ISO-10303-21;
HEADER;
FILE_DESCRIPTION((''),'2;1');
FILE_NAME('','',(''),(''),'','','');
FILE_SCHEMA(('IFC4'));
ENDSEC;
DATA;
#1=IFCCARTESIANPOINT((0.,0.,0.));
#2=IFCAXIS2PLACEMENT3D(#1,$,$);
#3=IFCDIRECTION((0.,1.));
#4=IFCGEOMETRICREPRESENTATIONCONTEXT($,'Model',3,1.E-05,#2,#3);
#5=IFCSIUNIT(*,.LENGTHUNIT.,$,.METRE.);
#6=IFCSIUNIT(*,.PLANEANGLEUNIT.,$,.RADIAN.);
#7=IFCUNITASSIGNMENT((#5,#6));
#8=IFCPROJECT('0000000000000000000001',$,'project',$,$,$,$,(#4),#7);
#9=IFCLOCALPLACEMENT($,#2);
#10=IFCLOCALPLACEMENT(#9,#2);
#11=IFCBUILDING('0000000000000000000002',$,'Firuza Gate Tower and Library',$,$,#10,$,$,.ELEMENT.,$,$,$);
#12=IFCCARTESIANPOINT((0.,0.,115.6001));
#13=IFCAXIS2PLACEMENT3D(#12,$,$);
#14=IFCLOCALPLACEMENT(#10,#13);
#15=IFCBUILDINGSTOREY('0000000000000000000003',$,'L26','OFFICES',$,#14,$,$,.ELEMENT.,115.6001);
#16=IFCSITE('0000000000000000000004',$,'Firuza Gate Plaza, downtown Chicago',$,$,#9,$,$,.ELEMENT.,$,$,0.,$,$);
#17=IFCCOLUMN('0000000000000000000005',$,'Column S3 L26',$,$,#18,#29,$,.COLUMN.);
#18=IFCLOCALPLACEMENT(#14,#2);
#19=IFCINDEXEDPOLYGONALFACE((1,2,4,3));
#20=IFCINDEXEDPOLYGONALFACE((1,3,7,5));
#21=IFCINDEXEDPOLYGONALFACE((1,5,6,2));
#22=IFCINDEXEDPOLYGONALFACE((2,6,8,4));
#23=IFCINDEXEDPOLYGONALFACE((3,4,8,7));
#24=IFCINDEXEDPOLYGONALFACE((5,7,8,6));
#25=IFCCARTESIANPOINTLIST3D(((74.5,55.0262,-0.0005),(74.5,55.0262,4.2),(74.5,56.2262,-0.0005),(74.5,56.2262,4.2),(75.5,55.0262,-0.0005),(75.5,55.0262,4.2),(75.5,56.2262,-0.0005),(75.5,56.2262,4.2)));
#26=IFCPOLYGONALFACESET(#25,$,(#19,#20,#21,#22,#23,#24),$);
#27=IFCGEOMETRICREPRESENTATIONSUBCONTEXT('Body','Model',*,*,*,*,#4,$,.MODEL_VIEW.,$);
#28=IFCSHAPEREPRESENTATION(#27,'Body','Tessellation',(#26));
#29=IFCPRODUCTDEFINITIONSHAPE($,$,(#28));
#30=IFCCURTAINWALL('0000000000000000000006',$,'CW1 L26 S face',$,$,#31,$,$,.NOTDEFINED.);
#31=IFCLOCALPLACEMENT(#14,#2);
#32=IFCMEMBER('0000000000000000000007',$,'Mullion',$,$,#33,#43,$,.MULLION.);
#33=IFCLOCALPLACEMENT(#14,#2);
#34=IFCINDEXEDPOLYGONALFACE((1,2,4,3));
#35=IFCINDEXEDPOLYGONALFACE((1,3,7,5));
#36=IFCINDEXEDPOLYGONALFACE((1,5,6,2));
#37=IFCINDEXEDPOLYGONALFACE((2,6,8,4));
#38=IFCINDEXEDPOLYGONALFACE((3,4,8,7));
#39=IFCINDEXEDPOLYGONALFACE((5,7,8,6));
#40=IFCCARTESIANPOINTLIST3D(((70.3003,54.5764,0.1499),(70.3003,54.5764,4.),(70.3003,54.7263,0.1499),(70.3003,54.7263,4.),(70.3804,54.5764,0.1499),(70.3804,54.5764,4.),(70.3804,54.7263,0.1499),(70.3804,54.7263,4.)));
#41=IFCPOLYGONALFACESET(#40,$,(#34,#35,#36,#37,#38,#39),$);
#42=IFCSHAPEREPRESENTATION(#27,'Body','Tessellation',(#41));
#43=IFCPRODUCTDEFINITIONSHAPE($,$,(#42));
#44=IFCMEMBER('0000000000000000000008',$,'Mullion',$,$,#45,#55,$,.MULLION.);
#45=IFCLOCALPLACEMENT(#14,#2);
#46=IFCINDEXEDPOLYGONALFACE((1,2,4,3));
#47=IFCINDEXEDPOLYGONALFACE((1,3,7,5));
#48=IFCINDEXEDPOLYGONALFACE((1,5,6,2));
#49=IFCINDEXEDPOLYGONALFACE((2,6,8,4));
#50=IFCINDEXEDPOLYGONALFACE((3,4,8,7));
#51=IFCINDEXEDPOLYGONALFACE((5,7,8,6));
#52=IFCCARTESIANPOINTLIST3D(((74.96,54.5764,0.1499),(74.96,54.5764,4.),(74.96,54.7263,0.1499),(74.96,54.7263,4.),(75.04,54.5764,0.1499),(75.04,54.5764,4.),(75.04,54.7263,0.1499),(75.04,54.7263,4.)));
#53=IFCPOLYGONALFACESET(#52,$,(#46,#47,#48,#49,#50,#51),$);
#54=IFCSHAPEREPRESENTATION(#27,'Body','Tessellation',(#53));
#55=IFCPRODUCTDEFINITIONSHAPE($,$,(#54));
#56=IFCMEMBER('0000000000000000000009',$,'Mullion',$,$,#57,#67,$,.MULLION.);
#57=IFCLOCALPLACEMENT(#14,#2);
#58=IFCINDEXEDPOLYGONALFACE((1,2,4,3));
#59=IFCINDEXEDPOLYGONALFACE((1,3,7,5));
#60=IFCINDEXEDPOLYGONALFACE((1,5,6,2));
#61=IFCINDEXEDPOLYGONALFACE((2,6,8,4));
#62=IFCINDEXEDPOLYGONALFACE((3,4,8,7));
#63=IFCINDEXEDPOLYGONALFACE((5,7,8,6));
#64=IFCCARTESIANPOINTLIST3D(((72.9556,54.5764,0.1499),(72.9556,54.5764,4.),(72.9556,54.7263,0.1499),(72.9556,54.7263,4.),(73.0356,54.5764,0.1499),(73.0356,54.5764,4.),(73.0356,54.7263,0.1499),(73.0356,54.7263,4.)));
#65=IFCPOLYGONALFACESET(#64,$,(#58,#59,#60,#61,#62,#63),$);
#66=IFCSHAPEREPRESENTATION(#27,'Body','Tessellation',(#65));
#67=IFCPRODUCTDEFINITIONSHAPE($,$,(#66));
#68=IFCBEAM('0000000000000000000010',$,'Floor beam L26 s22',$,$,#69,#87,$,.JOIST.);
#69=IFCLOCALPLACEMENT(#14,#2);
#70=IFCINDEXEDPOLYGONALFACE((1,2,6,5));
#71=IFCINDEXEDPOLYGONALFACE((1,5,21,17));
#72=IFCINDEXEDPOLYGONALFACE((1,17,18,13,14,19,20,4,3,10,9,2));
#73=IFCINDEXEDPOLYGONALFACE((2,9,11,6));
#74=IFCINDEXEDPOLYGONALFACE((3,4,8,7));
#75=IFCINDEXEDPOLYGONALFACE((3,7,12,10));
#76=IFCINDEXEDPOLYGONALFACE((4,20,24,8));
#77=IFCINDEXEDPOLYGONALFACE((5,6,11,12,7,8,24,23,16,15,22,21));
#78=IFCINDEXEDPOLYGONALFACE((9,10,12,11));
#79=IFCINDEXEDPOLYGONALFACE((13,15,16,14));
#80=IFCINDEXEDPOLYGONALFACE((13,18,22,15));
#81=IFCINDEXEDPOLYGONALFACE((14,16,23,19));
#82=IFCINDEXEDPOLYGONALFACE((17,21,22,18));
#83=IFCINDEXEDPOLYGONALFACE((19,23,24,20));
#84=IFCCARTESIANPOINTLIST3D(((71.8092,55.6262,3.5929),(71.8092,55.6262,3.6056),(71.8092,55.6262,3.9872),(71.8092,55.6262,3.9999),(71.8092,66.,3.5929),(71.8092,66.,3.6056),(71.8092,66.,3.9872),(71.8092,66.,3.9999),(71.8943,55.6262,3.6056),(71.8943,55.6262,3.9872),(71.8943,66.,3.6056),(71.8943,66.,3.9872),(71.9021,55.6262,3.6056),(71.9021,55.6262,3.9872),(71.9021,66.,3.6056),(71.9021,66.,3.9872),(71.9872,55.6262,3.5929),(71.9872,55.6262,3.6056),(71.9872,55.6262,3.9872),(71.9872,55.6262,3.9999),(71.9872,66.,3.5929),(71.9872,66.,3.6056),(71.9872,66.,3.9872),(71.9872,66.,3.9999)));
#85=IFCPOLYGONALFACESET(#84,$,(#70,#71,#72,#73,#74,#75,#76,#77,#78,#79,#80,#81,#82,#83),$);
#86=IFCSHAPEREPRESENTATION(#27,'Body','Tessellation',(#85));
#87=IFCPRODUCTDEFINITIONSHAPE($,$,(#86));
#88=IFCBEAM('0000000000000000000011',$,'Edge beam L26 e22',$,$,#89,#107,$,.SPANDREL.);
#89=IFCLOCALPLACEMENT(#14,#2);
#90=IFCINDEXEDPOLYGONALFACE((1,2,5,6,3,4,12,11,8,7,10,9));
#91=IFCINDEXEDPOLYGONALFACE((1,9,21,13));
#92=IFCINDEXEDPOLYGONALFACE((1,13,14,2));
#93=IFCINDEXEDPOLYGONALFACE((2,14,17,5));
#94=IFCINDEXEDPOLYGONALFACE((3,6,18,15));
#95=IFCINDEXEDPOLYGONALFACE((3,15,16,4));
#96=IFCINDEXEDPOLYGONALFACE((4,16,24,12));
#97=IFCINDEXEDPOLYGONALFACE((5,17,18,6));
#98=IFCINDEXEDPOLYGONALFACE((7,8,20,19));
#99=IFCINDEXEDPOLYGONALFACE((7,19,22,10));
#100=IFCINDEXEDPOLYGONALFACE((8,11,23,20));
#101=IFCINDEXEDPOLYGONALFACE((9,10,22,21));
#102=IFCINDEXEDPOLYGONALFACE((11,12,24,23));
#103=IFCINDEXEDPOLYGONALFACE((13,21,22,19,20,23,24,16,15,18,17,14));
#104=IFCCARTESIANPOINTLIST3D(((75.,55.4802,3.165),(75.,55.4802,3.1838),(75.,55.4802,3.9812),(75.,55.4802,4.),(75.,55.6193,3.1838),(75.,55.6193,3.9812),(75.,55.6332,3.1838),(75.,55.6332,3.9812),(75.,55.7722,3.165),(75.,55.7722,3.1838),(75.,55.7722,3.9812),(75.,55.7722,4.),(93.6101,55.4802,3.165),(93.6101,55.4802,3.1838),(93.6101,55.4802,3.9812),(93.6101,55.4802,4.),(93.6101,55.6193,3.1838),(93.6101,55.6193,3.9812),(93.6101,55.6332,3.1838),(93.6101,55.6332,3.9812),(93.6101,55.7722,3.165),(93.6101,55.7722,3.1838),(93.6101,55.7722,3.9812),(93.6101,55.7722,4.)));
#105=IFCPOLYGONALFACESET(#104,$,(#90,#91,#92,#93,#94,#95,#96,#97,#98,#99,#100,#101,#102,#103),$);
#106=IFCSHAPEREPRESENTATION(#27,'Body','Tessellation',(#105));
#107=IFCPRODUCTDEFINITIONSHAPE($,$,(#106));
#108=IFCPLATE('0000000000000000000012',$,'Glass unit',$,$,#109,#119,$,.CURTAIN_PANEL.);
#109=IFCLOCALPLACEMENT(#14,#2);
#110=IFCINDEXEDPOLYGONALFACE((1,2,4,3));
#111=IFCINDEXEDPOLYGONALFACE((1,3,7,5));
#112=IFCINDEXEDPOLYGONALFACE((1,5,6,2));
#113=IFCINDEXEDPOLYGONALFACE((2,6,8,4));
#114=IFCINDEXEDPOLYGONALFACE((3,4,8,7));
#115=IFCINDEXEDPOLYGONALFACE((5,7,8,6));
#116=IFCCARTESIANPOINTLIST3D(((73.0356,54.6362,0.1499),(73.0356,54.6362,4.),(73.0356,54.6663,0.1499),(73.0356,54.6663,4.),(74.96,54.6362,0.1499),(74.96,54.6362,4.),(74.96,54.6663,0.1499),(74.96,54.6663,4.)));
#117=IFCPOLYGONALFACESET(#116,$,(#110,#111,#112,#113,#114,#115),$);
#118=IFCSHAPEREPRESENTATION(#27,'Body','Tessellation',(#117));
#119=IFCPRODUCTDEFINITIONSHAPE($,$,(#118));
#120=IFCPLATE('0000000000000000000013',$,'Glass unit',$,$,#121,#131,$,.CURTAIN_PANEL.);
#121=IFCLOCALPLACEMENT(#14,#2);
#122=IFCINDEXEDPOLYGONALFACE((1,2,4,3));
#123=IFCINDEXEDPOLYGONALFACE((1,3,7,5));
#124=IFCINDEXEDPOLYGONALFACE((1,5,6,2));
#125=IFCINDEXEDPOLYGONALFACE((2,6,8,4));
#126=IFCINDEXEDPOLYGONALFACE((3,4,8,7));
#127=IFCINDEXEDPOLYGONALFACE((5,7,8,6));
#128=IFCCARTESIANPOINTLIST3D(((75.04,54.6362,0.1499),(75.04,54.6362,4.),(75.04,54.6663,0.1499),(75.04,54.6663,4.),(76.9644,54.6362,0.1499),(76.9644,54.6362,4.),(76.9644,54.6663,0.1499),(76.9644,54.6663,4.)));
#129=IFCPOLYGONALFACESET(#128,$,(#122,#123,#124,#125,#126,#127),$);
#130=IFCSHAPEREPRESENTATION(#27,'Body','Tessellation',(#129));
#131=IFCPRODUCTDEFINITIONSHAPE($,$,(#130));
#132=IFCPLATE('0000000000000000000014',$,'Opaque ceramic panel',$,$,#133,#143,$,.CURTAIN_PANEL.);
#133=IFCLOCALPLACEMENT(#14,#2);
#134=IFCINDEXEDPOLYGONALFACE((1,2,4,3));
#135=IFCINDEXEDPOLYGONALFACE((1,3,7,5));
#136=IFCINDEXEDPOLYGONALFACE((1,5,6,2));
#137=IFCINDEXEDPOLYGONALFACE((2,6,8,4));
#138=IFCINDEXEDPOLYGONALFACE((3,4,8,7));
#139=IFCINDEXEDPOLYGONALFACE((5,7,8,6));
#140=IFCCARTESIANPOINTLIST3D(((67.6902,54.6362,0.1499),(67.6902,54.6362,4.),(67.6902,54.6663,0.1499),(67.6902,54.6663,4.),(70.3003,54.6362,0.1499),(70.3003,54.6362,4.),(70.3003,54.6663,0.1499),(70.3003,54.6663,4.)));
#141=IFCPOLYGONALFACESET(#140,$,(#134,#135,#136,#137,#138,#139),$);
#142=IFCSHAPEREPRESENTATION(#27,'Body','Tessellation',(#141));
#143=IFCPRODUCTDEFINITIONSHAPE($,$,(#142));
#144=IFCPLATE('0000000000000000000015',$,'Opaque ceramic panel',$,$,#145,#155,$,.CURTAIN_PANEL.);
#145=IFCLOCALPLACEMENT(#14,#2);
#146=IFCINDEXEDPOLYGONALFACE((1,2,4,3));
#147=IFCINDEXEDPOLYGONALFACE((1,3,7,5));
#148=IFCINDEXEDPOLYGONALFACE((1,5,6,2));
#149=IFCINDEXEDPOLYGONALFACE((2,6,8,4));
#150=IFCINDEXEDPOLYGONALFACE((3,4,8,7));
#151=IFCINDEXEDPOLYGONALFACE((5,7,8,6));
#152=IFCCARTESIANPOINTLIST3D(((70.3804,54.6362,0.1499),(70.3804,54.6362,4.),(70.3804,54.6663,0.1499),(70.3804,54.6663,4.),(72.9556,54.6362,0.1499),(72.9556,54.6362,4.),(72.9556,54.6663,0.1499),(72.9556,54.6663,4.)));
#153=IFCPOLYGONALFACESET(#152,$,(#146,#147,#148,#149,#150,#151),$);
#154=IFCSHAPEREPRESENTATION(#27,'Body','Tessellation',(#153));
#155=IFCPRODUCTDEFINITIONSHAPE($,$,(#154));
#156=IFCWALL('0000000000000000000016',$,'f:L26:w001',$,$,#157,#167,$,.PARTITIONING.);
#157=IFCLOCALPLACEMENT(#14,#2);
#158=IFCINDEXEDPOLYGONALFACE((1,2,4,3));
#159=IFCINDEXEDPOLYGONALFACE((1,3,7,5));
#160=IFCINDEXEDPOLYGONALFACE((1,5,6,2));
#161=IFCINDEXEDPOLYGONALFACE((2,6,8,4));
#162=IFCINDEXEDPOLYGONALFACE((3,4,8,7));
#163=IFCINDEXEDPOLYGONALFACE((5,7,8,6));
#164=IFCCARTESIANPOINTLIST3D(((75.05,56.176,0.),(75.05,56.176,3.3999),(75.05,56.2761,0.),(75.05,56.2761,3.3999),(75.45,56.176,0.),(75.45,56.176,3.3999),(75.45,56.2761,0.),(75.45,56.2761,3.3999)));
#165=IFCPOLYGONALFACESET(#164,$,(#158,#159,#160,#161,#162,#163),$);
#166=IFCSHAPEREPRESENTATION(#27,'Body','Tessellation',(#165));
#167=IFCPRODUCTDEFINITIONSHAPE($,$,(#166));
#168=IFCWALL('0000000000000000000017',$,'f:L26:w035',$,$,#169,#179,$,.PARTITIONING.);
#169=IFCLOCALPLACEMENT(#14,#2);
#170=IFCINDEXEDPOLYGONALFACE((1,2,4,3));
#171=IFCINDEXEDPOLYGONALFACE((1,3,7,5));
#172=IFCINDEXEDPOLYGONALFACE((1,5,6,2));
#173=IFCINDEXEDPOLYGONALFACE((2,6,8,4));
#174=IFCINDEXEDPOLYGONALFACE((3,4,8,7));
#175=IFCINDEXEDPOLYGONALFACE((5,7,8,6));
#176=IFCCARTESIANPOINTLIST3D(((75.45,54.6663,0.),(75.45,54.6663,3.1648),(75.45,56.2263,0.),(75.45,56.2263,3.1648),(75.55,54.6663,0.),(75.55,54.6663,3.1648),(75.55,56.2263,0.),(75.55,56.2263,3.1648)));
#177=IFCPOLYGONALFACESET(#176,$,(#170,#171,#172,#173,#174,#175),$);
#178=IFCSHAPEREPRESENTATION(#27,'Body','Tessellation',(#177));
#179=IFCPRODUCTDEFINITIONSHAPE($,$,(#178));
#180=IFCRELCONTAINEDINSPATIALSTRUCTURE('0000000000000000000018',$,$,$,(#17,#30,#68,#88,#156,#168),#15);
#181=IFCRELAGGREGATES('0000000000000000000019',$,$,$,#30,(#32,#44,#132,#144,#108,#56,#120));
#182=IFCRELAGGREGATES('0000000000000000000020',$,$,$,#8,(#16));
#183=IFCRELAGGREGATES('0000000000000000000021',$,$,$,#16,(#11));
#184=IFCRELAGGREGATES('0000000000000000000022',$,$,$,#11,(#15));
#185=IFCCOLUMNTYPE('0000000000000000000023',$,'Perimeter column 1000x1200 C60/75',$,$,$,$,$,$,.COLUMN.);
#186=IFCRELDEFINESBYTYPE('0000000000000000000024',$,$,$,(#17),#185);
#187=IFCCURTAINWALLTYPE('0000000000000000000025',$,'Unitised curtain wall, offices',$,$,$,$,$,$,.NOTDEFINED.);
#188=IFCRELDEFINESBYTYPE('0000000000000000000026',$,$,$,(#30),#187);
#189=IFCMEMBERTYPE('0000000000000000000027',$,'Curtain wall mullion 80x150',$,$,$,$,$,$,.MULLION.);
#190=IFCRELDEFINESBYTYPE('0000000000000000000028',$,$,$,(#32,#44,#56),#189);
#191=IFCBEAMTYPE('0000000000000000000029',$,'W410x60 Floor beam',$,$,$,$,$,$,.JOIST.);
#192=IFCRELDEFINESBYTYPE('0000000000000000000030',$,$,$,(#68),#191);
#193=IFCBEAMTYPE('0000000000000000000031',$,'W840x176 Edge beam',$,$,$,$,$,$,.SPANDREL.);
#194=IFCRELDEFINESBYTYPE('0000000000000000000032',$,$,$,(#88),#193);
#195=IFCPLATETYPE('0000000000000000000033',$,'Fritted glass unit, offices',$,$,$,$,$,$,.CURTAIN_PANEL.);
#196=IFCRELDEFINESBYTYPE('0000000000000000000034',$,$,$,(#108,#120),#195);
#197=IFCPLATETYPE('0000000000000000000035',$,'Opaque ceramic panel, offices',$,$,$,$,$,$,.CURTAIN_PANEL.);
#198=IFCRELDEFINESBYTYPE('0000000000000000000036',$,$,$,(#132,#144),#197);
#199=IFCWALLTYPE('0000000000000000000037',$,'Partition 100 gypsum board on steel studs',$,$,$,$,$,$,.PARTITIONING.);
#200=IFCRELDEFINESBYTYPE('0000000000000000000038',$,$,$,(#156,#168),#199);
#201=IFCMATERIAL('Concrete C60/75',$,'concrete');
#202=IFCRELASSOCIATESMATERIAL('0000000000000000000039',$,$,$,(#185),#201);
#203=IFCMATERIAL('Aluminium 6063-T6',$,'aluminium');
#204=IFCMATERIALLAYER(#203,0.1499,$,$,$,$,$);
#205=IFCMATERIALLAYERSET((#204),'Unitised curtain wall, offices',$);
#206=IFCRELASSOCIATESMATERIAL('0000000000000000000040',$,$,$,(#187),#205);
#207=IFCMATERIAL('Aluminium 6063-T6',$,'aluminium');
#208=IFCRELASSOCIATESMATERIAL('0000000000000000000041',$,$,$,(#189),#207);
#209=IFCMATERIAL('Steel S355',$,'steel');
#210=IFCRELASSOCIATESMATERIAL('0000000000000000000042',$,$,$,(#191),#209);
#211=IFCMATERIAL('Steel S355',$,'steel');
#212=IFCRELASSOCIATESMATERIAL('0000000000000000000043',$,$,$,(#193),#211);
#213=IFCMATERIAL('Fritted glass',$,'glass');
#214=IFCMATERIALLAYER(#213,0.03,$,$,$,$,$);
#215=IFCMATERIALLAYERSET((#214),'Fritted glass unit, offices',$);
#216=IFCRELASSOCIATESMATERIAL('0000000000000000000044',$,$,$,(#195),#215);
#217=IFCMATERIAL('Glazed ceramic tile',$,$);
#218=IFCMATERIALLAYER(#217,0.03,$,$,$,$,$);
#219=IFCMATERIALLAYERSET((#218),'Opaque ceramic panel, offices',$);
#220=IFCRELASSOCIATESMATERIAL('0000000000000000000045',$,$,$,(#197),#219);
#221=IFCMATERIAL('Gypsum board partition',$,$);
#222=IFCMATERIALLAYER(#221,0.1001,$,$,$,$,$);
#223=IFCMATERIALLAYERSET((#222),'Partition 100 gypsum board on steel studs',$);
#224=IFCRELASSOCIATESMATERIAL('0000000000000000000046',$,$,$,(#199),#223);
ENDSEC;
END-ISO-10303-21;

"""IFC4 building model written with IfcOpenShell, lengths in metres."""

from ifc_helpers import new_model, si_unit, direction, frame, frame_2d, origin, origin_2d, place, context, subcontext, project, spatial, polyline, rectangle, i_section, outline, extrude, material, layer, layer_set, material_profile, profile_set, type_object, element, aggregate, save


model = new_model("IFC4")

# Units and contexts
model_context = context("Model", 3, precision=1e-05, world=origin(), true_north=direction((0.0, 1.0)))
body_context = subcontext(model_context, "Body", "Model", "MODEL_VIEW")
ifc_project = project(units=[si_unit("LENGTHUNIT", "METRE"), si_unit("PLANEANGLEUNIT", "RADIAN")], contexts=[model_context])

# Site, building, storey
site_placement = place(None, origin())
site = spatial("IfcSite", under=ifc_project, at=site_placement, Name="Firuza Gate Plaza, downtown Chicago", CompositionType="ELEMENT", RefElevation=0.0)
building_placement = place(site_placement, origin())
building = spatial("IfcBuilding", under=site, at=building_placement, Name="Firuza Gate Tower and Library", CompositionType="ELEMENT")
storey_placement = place(building_placement, frame((0.0, 0.0, 115.6001)))
storey = spatial("IfcBuildingStorey", under=building, at=storey_placement, Name="L26", Description="OFFICES", CompositionType="ELEMENT", Elevation=115.6001)

# Column
ifc_material_1 = material(Name="Concrete C60/75", Category="concrete")
ifc_material_profile_1 = material_profile(ifc_material_1, rectangle(XDim=1.0, YDim=1.2, at=origin_2d()))
ifc_profile_set_1 = profile_set([ifc_material_profile_1], Name="Concrete C60/75")
column_type = type_object("IfcColumnType", Name="Perimeter column 1000x1200 C60/75", PredefinedType="COLUMN", material=ifc_profile_set_1)
column_placement = place(storey_placement, frame((75.0, 55.6262, -0.0005), z_axis=(0.0, 0.0, 1.0), x_axis=(1.0, 0.0, 0.0)))
element("IfcColumn", 1, at=column_placement, inside=storey, type_object=column_type, Name="Column S3 L26", PredefinedType="COLUMN", context=body_context, shape_type="SweptSolid", body=[
    extrude(rectangle(XDim=1.0, YDim=1.2, at=origin_2d()), origin(), (0.0, 0.0, 1.0), 4.2004),
])

# Curtain wall, members
ifc_material_2 = material(Name="Aluminium 6063-T6", Category="aluminium")
ifc_layer_1 = layer(ifc_material_2, 0.1499)
ifc_layer_set_1 = layer_set([ifc_layer_1], Name="Unitised curtain wall, offices")
curtain_wall_type = type_object("IfcCurtainWallType", Name="Unitised curtain wall, offices", PredefinedType="NOTDEFINED", material=ifc_layer_set_1)
curtain_wall_placement = place(storey_placement, origin())
curtain_wall = element("IfcCurtainWall", 2, at=curtain_wall_placement, inside=storey, type_object=curtain_wall_type, Name="CW1 L26 S face", PredefinedType="NOTDEFINED")
ifc_material_3 = material(Name="Aluminium 6063-T6", Category="aluminium")
ifc_material_profile_2 = material_profile(ifc_material_3, rectangle(XDim=0.1499, YDim=0.0801, at=origin_2d()))
ifc_profile_set_2 = profile_set([ifc_material_profile_2], Name="Aluminium 6063-T6")
member_type = type_object("IfcMemberType", Name="Curtain wall mullion 80x150", PredefinedType="MULLION", material=ifc_profile_set_2)
member_1_placement = place(storey_placement, frame((70.3403, 54.6514, 0.1499), z_axis=(0.0, 0.0, 1.0), x_axis=(0.0, 1.0, 0.0)))
member_1 = element("IfcMember", 3, at=member_1_placement, type_object=member_type, Name="Mullion", PredefinedType="MULLION", context=body_context, shape_type="SweptSolid", body=[
    extrude(rectangle(XDim=0.1499, YDim=0.0801, at=origin_2d()), origin(), (0.0, 0.0, 1.0), 3.8501),
])
member_2_placement = place(storey_placement, frame((75.0, 54.6514, 0.1499), z_axis=(0.0, 0.0, 1.0), x_axis=(0.0, 1.0, 0.0)))
member_2 = element("IfcMember", 4, at=member_2_placement, type_object=member_type, Name="Mullion", PredefinedType="MULLION", context=body_context, shape_type="SweptSolid", body=[
    extrude(rectangle(XDim=0.1499, YDim=0.0801, at=origin_2d()), origin(), (0.0, 0.0, 1.0), 3.8501),
])
member_3_placement = place(storey_placement, frame((72.9956, 54.6514, 0.1499), z_axis=(0.0, 0.0, 1.0), x_axis=(0.0, 1.0, 0.0)))
member_3 = element("IfcMember", 5, at=member_3_placement, type_object=member_type, Name="Mullion", PredefinedType="MULLION", context=body_context, shape_type="SweptSolid", body=[
    extrude(rectangle(XDim=0.1499, YDim=0.0801, at=origin_2d()), origin(), (0.0, 0.0, 1.0), 3.8501),
])

# Beams
ifc_material_4 = material(Name="Steel S355", Category="steel")
ifc_material_profile_3 = material_profile(ifc_material_4, i_section(OverallWidth=0.178, OverallDepth=0.407, WebThickness=0.0078, FlangeThickness=0.0127, at=origin_2d()))
ifc_profile_set_3 = profile_set([ifc_material_profile_3], Name="Steel S355")
beam_type_1 = type_object("IfcBeamType", Name="W410x60 Floor beam", PredefinedType="JOIST", material=ifc_profile_set_3)
beam_1_placement = place(storey_placement, frame((71.8982, 55.6262, 3.7964), z_axis=(0.0, 1.0, 0.0), x_axis=(-1.0, 0.0, 0.0)))
element("IfcBeam", 6, at=beam_1_placement, inside=storey, type_object=beam_type_1, Name="Floor beam L26 s22", PredefinedType="JOIST", context=body_context, shape_type="SweptSolid", body=[
    extrude(i_section(OverallWidth=0.178, OverallDepth=0.407, WebThickness=0.0078, FlangeThickness=0.0127, at=origin_2d()), origin(), (0.0, 0.0, 1.0), 10.3738),
])
ifc_material_5 = material(Name="Steel S355", Category="steel")
ifc_material_profile_4 = material_profile(ifc_material_5, i_section(OverallWidth=0.292, OverallDepth=0.835, WebThickness=0.0139, FlangeThickness=0.0188, at=origin_2d()))
ifc_profile_set_4 = profile_set([ifc_material_profile_4], Name="Steel S355")
beam_type_2 = type_object("IfcBeamType", Name="W840x176 Edge beam", PredefinedType="SPANDREL", material=ifc_profile_set_4)
beam_2_placement = place(storey_placement, frame((75.0, 55.6262, 3.5825), z_axis=(1.0, 0.0, 0.0), x_axis=(0.0, 1.0, 0.0)))
element("IfcBeam", 7, at=beam_2_placement, inside=storey, type_object=beam_type_2, Name="Edge beam L26 e22", PredefinedType="SPANDREL", context=body_context, shape_type="SweptSolid", body=[
    extrude(i_section(OverallWidth=0.292, OverallDepth=0.835, WebThickness=0.0139, FlangeThickness=0.0188, at=origin_2d()), origin(), (0.0, 0.0, 1.0), 18.6101),
])

# Plates
ifc_material_6 = material(Name="Fritted glass", Category="glass")
ifc_layer_2 = layer(ifc_material_6, 0.03)
ifc_layer_set_2 = layer_set([ifc_layer_2], Name="Fritted glass unit, offices")
plate_type_1 = type_object("IfcPlateType", Name="Fritted glass unit, offices", PredefinedType="CURTAIN_PANEL", material=ifc_layer_set_2)
plate_1_placement = place(storey_placement, frame((73.0356, 54.6362, 0.1499), z_axis=(0.0, -1.0, 0.0), x_axis=(1.0, 0.0, 0.0)))
plate_1 = element("IfcPlate", 8, at=plate_1_placement, type_object=plate_type_1, Name="Glass unit", PredefinedType="CURTAIN_PANEL", context=body_context, shape_type="SweptSolid", body=[
    extrude(outline(polyline([(0.0, 0.0), (1.9243, 0.0), (1.9243, 3.8501), (0.0, 3.8501), (0.0, 0.0)])), origin(), (0.0, 0.0, -1.0), 0.03),
])
plate_2_placement = place(storey_placement, frame((75.04, 54.6362, 0.1499), z_axis=(0.0, -1.0, 0.0), x_axis=(1.0, 0.0, 0.0)))
plate_2 = element("IfcPlate", 9, at=plate_2_placement, type_object=plate_type_1, Name="Glass unit", PredefinedType="CURTAIN_PANEL", context=body_context, shape_type="SweptSolid", body=[
    extrude(outline(polyline([(0.0, 0.0), (1.9243, 0.0), (1.9243, 3.8501), (0.0, 3.8501), (0.0, 0.0)])), origin(), (0.0, 0.0, -1.0), 0.03),
])
ifc_material_7 = material(Name="Glazed ceramic tile")
ifc_layer_3 = layer(ifc_material_7, 0.03)
ifc_layer_set_3 = layer_set([ifc_layer_3], Name="Opaque ceramic panel, offices")
plate_type_2 = type_object("IfcPlateType", Name="Opaque ceramic panel, offices", PredefinedType="CURTAIN_PANEL", material=ifc_layer_set_3)
plate_3_placement = place(storey_placement, frame((67.6902, 54.6362, 0.1499), z_axis=(0.0, -1.0, 0.0), x_axis=(1.0, 0.0, 0.0)))
plate_3 = element("IfcPlate", 10, at=plate_3_placement, type_object=plate_type_2, Name="Opaque ceramic panel", PredefinedType="CURTAIN_PANEL", context=body_context, shape_type="SweptSolid", body=[
    extrude(outline(polyline([(0.0, 0.0), (2.6101, 0.0), (2.6101, 3.8501), (0.0, 3.8501), (0.0, 0.0)])), origin(), (0.0, 0.0, -1.0), 0.03),
])
plate_4_placement = place(storey_placement, frame((70.3804, 54.6362, 0.1499), z_axis=(0.0, -1.0, 0.0), x_axis=(1.0, 0.0, 0.0)))
plate_4 = element("IfcPlate", 11, at=plate_4_placement, type_object=plate_type_2, Name="Opaque ceramic panel", PredefinedType="CURTAIN_PANEL", context=body_context, shape_type="SweptSolid", body=[
    extrude(outline(polyline([(0.0, 0.0), (2.5752, 0.0), (2.5752, 3.8501), (0.0, 3.8501), (0.0, 0.0)])), origin(), (0.0, 0.0, -1.0), 0.03),
])
aggregate(curtain_wall, [member_1, member_2, plate_3, plate_4, plate_1, member_3, plate_2])

# Walls
ifc_material_8 = material(Name="Gypsum board partition")
ifc_layer_4 = layer(ifc_material_8, 0.1001)
ifc_layer_set_4 = layer_set([ifc_layer_4], Name="Partition 100 gypsum board on steel studs")
wall_type = type_object("IfcWallType", Name="Partition 100 gypsum board on steel studs", PredefinedType="PARTITIONING", material=ifc_layer_set_4)
wall_1_placement = place(storey_placement, frame((75.05, 56.2261, 0.0), z_axis=(0.0, 0.0, 1.0), x_axis=(1.0, 0.0, 0.0)))
element("IfcWall", 12, at=wall_1_placement, inside=storey, type_object=wall_type, Name="f:L26:w001", PredefinedType="PARTITIONING", context=body_context, shape_type="SweptSolid", body=[
    extrude(rectangle(XDim=0.3999, YDim=0.1001, at=frame_2d((0.2, 0.0))), origin(), (0.0, 0.0, 1.0), 3.3999),
])
wall_2_placement = place(storey_placement, frame((75.5, 54.6663, 0.0), z_axis=(0.0, 0.0, 1.0), x_axis=(0.0, 1.0, 0.0)))
element("IfcWall", 13, at=wall_2_placement, inside=storey, type_object=wall_type, Name="f:L26:w035", PredefinedType="PARTITIONING", context=body_context, shape_type="SweptSolid", body=[
    extrude(rectangle(XDim=1.5601, YDim=0.1001, at=frame_2d((0.78, 0.0))), origin(), (0.0, 0.0, 1.0), 3.1648),
])

save(model, "model.ifc")
